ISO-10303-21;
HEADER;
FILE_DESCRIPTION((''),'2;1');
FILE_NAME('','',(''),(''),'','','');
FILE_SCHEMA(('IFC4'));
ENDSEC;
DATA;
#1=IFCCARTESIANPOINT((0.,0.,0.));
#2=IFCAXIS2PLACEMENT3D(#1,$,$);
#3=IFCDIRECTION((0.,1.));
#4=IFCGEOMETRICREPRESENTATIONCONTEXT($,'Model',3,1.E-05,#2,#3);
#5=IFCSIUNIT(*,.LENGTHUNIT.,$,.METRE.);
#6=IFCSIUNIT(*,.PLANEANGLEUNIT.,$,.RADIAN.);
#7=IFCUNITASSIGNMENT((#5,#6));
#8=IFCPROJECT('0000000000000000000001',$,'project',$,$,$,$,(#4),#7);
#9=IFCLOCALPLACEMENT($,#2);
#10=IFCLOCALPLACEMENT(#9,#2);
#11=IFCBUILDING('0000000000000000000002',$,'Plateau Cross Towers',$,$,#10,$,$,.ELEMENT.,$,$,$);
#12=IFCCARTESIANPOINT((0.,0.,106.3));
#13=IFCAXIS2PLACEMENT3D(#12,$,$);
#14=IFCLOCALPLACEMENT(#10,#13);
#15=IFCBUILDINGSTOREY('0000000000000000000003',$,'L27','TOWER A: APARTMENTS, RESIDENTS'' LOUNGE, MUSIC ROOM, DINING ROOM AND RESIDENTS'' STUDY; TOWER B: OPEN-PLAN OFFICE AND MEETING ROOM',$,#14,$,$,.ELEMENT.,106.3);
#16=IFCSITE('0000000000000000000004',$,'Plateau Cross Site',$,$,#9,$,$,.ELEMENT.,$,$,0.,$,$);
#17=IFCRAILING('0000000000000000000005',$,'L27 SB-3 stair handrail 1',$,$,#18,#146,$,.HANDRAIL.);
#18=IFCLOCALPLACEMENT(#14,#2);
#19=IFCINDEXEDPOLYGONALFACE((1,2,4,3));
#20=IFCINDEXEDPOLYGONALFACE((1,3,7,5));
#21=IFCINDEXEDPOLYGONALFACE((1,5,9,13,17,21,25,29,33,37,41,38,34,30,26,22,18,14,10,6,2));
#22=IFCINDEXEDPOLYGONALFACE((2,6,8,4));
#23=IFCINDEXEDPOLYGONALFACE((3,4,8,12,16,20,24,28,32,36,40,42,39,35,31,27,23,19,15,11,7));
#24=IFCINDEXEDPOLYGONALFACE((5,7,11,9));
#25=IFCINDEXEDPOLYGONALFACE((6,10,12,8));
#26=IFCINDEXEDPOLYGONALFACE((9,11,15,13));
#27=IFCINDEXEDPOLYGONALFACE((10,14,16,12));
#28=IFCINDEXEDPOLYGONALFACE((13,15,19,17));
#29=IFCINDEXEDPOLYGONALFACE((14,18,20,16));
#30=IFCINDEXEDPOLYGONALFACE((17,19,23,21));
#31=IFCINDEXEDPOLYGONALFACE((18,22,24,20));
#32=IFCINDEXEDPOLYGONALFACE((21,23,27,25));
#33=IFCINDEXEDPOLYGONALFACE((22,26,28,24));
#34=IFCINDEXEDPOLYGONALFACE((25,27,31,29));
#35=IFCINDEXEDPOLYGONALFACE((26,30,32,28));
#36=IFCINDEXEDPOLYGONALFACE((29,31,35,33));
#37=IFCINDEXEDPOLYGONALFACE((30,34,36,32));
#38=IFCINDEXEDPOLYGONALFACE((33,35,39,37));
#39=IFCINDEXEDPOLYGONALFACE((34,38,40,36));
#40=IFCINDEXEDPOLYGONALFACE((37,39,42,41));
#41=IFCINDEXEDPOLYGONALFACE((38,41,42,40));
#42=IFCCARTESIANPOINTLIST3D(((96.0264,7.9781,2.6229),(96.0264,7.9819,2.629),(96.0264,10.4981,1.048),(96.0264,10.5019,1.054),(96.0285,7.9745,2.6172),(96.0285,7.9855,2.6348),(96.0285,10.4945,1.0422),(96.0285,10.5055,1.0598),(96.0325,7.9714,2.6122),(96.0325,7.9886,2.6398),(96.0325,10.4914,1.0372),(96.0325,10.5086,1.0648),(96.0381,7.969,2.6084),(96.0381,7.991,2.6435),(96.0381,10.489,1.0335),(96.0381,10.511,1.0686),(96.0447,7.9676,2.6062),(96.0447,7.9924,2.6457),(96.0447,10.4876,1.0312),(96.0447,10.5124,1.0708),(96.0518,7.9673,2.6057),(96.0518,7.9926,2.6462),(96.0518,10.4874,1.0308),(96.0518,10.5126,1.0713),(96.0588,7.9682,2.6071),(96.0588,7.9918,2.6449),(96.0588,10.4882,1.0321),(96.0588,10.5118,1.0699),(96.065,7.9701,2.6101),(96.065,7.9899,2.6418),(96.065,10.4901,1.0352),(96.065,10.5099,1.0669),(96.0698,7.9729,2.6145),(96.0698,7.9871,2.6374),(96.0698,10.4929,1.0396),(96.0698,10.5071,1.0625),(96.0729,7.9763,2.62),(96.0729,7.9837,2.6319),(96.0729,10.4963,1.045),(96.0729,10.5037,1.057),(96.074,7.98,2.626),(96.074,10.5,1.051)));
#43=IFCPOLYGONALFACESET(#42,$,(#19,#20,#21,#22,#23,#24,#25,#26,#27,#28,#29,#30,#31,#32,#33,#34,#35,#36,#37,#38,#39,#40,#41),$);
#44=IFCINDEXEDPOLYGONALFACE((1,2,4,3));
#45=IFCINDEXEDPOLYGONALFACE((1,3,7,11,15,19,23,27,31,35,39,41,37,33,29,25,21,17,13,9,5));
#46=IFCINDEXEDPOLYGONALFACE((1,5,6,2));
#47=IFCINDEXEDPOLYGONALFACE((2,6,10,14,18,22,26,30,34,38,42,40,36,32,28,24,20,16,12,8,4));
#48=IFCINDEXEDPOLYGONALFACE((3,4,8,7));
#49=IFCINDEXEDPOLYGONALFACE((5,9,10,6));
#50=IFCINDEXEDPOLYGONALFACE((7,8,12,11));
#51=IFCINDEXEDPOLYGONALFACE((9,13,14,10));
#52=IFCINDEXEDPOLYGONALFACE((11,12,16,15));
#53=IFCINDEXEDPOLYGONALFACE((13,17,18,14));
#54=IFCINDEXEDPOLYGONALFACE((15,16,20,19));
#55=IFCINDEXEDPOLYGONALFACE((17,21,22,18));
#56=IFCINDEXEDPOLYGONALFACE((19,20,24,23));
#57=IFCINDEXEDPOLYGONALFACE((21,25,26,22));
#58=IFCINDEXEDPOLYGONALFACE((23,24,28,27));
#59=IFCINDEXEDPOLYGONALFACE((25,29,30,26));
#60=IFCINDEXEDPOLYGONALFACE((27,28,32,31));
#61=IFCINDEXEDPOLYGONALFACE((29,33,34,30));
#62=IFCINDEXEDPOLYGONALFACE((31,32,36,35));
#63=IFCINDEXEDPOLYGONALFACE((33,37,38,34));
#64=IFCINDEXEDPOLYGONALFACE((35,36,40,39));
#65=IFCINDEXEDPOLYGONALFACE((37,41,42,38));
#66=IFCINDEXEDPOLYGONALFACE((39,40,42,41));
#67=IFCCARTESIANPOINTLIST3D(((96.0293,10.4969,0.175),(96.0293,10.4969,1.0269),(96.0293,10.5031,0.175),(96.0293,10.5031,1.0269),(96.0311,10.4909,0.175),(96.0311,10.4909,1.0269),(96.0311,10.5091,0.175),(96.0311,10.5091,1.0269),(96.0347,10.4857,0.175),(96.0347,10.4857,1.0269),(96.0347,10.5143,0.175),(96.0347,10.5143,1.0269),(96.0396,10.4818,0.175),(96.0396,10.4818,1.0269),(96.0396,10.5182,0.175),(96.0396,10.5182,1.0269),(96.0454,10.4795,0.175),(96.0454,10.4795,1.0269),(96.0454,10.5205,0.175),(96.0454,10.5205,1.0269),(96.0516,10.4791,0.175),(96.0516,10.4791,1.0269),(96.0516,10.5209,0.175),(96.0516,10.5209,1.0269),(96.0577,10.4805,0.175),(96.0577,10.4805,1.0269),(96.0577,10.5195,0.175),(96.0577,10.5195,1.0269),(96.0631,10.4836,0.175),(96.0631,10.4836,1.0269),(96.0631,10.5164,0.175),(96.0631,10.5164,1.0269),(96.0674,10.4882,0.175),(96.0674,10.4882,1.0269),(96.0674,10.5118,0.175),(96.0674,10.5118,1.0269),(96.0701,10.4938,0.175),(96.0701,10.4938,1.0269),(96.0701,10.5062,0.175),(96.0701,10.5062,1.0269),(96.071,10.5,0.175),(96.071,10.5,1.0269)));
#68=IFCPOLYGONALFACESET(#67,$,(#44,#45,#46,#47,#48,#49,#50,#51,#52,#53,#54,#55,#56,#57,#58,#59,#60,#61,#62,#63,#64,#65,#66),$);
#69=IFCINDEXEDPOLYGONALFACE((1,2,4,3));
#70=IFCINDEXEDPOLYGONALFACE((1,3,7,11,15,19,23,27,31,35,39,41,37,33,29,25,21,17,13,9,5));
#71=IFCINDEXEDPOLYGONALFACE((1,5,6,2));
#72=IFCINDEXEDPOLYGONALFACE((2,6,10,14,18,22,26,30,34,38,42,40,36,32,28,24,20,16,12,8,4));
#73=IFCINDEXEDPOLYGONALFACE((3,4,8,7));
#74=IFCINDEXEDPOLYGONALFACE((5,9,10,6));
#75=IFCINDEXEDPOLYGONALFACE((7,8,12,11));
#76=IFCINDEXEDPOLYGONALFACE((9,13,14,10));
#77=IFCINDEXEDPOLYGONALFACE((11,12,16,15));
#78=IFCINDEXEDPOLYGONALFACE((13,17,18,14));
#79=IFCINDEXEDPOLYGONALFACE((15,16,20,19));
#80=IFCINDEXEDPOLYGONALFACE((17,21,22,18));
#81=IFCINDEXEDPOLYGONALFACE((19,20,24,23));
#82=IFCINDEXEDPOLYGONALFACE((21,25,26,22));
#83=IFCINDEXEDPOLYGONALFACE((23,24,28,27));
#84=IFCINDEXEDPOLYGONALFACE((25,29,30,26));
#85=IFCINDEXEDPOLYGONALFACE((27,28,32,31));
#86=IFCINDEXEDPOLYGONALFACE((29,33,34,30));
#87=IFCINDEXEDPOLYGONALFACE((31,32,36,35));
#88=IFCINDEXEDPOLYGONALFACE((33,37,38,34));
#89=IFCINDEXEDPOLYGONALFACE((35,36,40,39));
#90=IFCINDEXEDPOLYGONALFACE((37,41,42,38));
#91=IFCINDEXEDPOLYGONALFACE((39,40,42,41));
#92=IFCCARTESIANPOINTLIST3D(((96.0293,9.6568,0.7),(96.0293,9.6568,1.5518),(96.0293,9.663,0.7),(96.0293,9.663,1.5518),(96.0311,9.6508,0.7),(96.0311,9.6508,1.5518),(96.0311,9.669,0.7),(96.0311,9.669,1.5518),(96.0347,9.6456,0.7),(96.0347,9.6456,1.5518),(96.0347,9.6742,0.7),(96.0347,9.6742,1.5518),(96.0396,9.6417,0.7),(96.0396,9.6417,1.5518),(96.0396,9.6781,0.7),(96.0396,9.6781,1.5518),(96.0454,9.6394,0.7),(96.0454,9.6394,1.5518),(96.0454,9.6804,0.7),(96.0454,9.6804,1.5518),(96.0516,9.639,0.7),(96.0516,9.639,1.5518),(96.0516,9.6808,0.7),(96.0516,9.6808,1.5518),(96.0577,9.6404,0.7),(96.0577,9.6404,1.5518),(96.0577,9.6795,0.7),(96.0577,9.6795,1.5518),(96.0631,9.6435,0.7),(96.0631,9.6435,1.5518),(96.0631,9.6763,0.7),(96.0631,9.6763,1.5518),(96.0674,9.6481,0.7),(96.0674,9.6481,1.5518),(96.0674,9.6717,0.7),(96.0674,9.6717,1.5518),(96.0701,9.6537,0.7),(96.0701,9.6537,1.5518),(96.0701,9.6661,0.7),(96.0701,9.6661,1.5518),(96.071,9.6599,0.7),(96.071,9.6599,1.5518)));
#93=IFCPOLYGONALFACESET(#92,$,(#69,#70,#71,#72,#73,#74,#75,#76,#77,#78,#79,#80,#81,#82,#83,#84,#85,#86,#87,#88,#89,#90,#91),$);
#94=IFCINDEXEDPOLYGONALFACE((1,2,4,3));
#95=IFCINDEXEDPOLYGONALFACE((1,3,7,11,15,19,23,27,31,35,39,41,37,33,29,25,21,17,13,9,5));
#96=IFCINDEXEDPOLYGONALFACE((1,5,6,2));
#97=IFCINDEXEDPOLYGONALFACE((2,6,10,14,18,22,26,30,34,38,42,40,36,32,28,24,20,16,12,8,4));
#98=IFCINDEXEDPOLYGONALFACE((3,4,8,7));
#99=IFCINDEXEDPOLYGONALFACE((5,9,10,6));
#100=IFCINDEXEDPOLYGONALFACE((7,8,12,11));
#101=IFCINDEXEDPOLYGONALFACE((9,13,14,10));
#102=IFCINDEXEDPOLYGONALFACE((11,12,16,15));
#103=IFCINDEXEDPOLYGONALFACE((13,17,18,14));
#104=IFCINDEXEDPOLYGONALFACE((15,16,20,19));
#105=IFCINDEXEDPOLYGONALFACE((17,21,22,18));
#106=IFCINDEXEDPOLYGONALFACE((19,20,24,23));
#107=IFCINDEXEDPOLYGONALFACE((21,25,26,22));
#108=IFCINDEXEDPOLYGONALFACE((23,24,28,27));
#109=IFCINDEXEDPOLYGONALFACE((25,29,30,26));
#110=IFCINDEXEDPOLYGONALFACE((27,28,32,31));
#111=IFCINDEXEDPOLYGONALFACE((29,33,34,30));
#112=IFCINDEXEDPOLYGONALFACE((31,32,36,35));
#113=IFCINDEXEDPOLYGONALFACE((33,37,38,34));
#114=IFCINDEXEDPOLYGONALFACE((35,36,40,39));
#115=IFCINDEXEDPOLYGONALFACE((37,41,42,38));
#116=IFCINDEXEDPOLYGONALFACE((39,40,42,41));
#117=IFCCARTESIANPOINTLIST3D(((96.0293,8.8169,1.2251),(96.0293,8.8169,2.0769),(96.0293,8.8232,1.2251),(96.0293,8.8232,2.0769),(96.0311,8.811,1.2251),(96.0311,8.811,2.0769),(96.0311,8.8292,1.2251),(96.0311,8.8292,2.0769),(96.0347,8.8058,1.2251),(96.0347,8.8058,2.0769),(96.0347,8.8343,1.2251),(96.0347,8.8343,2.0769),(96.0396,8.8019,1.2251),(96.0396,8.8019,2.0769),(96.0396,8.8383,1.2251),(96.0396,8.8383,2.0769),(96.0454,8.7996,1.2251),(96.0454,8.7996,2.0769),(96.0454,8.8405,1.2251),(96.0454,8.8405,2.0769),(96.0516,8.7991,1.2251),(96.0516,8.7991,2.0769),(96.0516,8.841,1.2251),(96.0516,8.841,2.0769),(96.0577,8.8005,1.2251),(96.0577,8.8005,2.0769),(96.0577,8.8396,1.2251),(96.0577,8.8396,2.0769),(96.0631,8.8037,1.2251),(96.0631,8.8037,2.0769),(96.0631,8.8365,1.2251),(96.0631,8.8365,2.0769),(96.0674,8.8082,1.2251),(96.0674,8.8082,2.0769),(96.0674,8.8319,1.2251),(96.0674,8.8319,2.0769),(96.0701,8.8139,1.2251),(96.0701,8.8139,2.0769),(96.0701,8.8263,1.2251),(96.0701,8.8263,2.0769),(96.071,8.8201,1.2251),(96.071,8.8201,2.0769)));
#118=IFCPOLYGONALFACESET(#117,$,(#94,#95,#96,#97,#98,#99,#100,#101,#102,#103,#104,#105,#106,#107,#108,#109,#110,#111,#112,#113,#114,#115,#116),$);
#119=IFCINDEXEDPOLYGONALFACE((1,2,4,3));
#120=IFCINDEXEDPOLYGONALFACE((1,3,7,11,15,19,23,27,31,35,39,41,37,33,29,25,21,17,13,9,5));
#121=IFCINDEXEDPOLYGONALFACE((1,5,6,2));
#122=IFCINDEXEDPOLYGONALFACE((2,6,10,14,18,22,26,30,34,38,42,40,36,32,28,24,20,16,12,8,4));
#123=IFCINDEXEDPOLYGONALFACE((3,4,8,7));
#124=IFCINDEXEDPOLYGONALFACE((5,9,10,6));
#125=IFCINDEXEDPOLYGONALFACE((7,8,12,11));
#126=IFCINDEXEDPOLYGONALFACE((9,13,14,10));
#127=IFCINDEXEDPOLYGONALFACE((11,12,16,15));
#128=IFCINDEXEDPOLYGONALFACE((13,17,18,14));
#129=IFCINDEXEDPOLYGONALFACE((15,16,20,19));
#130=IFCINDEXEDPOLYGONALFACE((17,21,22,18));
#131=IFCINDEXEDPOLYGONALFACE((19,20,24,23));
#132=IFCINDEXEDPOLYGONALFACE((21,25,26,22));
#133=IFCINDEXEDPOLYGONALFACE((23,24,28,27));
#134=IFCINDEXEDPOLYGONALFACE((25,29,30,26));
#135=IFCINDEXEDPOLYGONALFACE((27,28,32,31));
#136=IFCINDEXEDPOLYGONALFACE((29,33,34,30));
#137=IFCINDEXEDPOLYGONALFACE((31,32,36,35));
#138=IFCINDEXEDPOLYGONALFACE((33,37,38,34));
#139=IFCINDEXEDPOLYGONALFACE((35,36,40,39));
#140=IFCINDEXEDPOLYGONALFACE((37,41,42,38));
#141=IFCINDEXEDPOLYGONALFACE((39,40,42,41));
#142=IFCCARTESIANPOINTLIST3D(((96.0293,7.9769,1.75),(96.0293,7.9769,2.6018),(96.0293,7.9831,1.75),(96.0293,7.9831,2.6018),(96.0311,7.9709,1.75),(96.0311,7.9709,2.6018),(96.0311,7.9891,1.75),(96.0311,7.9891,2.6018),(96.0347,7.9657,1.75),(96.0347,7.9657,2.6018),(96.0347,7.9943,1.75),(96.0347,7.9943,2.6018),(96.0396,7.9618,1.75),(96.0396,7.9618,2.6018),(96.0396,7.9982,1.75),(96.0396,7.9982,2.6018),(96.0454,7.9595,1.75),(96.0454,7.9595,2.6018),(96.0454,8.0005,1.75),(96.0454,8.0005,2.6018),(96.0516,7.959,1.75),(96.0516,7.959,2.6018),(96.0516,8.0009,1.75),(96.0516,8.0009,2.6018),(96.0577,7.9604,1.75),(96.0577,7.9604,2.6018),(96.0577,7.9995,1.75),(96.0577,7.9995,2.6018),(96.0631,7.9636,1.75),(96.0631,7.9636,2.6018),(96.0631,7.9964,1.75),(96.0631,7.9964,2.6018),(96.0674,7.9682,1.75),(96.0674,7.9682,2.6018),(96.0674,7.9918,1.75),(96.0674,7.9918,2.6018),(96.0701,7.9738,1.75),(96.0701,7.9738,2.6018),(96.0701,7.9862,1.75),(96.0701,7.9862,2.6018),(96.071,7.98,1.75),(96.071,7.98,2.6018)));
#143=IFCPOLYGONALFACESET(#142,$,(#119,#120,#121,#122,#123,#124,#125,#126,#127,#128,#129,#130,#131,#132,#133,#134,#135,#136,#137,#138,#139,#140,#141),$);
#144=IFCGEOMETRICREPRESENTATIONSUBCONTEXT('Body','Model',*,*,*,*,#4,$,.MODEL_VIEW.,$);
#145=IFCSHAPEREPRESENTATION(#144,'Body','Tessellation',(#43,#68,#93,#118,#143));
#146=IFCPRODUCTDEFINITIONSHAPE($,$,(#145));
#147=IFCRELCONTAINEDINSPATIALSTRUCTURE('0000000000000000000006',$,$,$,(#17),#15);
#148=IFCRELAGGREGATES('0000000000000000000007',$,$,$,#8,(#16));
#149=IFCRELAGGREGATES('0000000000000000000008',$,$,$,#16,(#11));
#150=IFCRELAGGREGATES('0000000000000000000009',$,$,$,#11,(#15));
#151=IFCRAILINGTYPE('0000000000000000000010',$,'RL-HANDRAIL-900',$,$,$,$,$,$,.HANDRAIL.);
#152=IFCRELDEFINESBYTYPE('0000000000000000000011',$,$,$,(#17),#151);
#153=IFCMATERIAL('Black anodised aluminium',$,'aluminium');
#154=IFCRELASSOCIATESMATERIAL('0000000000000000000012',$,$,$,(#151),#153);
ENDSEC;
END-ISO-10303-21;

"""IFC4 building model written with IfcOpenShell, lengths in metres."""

from ifc_helpers import new_model, si_unit, direction, frame, origin, origin_2d, place, context, subcontext, project, spatial, circle, extrude, material, type_object, element, save


model = new_model("IFC4")

# Units and contexts
model_context = context("Model", 3, precision=1e-05, world=origin(), true_north=direction((0.0, 1.0)))
body_context = subcontext(model_context, "Body", "Model", "MODEL_VIEW")
ifc_project = project(units=[si_unit("LENGTHUNIT", "METRE"), si_unit("PLANEANGLEUNIT", "RADIAN")], contexts=[model_context])

# Site, building, storey
site_placement = place(None, origin())
site = spatial("IfcSite", under=ifc_project, at=site_placement, Name="Plateau Cross Site", CompositionType="ELEMENT", RefElevation=0.0)
building_placement = place(site_placement, origin())
building = spatial("IfcBuilding", under=site, at=building_placement, Name="Plateau Cross Towers", CompositionType="ELEMENT")
storey_placement = place(building_placement, frame((0.0, 0.0, 106.3)))
storey = spatial("IfcBuildingStorey", under=building, at=storey_placement, Name="L27", Description="TOWER A: APARTMENTS, RESIDENTS' LOUNGE, MUSIC ROOM, DINING ROOM AND RESIDENTS' STUDY; TOWER B: OPEN-PLAN OFFICE AND MEETING ROOM", CompositionType="ELEMENT", Elevation=106.3)

# Shared definitions
ifc_material_1 = material(Name="Black anodised aluminium", Category="aluminium")

# Railing
railing_type_1 = type_object("IfcRailingType", Name="RL-HANDRAIL-900", PredefinedType="HANDRAIL", material=ifc_material_1)
railing_1_placement = place(storey_placement, frame((96.05, 10.5, 0.175)))
element("IfcRailing", 1, at=railing_1_placement, inside=storey, type_object=railing_type_1, Name="L27 SB-3 stair handrail 1", PredefinedType="HANDRAIL", context=body_context, shape_type="SweptSolid", body=[
    extrude(circle(Radius=0.0239, at=origin_2d()), frame((0.0, 0.0, 0.876), z_axis=(0.0, -0.848008, 0.529984), x_axis=(1.0, 0.0, 0.0)), (0.0, 0.0, 1.0), 2.9717),
    extrude(circle(Radius=0.021, at=origin_2d()), origin(), (0.0, 0.0, 1.0), 0.8518),
    extrude(circle(Radius=0.021, at=origin_2d()), frame((0.0, -0.8401, 0.5249)), (0.0, 0.0, 1.0), 0.8518),
    extrude(circle(Radius=0.021, at=origin_2d()), frame((0.0, -1.6799, 1.05)), (0.0, 0.0, 1.0), 0.8518),
    extrude(circle(Radius=0.021, at=origin_2d()), frame((0.0, -2.52, 1.575)), (0.0, 0.0, 1.0), 0.8518),
])

save(model, "model.ifc")
